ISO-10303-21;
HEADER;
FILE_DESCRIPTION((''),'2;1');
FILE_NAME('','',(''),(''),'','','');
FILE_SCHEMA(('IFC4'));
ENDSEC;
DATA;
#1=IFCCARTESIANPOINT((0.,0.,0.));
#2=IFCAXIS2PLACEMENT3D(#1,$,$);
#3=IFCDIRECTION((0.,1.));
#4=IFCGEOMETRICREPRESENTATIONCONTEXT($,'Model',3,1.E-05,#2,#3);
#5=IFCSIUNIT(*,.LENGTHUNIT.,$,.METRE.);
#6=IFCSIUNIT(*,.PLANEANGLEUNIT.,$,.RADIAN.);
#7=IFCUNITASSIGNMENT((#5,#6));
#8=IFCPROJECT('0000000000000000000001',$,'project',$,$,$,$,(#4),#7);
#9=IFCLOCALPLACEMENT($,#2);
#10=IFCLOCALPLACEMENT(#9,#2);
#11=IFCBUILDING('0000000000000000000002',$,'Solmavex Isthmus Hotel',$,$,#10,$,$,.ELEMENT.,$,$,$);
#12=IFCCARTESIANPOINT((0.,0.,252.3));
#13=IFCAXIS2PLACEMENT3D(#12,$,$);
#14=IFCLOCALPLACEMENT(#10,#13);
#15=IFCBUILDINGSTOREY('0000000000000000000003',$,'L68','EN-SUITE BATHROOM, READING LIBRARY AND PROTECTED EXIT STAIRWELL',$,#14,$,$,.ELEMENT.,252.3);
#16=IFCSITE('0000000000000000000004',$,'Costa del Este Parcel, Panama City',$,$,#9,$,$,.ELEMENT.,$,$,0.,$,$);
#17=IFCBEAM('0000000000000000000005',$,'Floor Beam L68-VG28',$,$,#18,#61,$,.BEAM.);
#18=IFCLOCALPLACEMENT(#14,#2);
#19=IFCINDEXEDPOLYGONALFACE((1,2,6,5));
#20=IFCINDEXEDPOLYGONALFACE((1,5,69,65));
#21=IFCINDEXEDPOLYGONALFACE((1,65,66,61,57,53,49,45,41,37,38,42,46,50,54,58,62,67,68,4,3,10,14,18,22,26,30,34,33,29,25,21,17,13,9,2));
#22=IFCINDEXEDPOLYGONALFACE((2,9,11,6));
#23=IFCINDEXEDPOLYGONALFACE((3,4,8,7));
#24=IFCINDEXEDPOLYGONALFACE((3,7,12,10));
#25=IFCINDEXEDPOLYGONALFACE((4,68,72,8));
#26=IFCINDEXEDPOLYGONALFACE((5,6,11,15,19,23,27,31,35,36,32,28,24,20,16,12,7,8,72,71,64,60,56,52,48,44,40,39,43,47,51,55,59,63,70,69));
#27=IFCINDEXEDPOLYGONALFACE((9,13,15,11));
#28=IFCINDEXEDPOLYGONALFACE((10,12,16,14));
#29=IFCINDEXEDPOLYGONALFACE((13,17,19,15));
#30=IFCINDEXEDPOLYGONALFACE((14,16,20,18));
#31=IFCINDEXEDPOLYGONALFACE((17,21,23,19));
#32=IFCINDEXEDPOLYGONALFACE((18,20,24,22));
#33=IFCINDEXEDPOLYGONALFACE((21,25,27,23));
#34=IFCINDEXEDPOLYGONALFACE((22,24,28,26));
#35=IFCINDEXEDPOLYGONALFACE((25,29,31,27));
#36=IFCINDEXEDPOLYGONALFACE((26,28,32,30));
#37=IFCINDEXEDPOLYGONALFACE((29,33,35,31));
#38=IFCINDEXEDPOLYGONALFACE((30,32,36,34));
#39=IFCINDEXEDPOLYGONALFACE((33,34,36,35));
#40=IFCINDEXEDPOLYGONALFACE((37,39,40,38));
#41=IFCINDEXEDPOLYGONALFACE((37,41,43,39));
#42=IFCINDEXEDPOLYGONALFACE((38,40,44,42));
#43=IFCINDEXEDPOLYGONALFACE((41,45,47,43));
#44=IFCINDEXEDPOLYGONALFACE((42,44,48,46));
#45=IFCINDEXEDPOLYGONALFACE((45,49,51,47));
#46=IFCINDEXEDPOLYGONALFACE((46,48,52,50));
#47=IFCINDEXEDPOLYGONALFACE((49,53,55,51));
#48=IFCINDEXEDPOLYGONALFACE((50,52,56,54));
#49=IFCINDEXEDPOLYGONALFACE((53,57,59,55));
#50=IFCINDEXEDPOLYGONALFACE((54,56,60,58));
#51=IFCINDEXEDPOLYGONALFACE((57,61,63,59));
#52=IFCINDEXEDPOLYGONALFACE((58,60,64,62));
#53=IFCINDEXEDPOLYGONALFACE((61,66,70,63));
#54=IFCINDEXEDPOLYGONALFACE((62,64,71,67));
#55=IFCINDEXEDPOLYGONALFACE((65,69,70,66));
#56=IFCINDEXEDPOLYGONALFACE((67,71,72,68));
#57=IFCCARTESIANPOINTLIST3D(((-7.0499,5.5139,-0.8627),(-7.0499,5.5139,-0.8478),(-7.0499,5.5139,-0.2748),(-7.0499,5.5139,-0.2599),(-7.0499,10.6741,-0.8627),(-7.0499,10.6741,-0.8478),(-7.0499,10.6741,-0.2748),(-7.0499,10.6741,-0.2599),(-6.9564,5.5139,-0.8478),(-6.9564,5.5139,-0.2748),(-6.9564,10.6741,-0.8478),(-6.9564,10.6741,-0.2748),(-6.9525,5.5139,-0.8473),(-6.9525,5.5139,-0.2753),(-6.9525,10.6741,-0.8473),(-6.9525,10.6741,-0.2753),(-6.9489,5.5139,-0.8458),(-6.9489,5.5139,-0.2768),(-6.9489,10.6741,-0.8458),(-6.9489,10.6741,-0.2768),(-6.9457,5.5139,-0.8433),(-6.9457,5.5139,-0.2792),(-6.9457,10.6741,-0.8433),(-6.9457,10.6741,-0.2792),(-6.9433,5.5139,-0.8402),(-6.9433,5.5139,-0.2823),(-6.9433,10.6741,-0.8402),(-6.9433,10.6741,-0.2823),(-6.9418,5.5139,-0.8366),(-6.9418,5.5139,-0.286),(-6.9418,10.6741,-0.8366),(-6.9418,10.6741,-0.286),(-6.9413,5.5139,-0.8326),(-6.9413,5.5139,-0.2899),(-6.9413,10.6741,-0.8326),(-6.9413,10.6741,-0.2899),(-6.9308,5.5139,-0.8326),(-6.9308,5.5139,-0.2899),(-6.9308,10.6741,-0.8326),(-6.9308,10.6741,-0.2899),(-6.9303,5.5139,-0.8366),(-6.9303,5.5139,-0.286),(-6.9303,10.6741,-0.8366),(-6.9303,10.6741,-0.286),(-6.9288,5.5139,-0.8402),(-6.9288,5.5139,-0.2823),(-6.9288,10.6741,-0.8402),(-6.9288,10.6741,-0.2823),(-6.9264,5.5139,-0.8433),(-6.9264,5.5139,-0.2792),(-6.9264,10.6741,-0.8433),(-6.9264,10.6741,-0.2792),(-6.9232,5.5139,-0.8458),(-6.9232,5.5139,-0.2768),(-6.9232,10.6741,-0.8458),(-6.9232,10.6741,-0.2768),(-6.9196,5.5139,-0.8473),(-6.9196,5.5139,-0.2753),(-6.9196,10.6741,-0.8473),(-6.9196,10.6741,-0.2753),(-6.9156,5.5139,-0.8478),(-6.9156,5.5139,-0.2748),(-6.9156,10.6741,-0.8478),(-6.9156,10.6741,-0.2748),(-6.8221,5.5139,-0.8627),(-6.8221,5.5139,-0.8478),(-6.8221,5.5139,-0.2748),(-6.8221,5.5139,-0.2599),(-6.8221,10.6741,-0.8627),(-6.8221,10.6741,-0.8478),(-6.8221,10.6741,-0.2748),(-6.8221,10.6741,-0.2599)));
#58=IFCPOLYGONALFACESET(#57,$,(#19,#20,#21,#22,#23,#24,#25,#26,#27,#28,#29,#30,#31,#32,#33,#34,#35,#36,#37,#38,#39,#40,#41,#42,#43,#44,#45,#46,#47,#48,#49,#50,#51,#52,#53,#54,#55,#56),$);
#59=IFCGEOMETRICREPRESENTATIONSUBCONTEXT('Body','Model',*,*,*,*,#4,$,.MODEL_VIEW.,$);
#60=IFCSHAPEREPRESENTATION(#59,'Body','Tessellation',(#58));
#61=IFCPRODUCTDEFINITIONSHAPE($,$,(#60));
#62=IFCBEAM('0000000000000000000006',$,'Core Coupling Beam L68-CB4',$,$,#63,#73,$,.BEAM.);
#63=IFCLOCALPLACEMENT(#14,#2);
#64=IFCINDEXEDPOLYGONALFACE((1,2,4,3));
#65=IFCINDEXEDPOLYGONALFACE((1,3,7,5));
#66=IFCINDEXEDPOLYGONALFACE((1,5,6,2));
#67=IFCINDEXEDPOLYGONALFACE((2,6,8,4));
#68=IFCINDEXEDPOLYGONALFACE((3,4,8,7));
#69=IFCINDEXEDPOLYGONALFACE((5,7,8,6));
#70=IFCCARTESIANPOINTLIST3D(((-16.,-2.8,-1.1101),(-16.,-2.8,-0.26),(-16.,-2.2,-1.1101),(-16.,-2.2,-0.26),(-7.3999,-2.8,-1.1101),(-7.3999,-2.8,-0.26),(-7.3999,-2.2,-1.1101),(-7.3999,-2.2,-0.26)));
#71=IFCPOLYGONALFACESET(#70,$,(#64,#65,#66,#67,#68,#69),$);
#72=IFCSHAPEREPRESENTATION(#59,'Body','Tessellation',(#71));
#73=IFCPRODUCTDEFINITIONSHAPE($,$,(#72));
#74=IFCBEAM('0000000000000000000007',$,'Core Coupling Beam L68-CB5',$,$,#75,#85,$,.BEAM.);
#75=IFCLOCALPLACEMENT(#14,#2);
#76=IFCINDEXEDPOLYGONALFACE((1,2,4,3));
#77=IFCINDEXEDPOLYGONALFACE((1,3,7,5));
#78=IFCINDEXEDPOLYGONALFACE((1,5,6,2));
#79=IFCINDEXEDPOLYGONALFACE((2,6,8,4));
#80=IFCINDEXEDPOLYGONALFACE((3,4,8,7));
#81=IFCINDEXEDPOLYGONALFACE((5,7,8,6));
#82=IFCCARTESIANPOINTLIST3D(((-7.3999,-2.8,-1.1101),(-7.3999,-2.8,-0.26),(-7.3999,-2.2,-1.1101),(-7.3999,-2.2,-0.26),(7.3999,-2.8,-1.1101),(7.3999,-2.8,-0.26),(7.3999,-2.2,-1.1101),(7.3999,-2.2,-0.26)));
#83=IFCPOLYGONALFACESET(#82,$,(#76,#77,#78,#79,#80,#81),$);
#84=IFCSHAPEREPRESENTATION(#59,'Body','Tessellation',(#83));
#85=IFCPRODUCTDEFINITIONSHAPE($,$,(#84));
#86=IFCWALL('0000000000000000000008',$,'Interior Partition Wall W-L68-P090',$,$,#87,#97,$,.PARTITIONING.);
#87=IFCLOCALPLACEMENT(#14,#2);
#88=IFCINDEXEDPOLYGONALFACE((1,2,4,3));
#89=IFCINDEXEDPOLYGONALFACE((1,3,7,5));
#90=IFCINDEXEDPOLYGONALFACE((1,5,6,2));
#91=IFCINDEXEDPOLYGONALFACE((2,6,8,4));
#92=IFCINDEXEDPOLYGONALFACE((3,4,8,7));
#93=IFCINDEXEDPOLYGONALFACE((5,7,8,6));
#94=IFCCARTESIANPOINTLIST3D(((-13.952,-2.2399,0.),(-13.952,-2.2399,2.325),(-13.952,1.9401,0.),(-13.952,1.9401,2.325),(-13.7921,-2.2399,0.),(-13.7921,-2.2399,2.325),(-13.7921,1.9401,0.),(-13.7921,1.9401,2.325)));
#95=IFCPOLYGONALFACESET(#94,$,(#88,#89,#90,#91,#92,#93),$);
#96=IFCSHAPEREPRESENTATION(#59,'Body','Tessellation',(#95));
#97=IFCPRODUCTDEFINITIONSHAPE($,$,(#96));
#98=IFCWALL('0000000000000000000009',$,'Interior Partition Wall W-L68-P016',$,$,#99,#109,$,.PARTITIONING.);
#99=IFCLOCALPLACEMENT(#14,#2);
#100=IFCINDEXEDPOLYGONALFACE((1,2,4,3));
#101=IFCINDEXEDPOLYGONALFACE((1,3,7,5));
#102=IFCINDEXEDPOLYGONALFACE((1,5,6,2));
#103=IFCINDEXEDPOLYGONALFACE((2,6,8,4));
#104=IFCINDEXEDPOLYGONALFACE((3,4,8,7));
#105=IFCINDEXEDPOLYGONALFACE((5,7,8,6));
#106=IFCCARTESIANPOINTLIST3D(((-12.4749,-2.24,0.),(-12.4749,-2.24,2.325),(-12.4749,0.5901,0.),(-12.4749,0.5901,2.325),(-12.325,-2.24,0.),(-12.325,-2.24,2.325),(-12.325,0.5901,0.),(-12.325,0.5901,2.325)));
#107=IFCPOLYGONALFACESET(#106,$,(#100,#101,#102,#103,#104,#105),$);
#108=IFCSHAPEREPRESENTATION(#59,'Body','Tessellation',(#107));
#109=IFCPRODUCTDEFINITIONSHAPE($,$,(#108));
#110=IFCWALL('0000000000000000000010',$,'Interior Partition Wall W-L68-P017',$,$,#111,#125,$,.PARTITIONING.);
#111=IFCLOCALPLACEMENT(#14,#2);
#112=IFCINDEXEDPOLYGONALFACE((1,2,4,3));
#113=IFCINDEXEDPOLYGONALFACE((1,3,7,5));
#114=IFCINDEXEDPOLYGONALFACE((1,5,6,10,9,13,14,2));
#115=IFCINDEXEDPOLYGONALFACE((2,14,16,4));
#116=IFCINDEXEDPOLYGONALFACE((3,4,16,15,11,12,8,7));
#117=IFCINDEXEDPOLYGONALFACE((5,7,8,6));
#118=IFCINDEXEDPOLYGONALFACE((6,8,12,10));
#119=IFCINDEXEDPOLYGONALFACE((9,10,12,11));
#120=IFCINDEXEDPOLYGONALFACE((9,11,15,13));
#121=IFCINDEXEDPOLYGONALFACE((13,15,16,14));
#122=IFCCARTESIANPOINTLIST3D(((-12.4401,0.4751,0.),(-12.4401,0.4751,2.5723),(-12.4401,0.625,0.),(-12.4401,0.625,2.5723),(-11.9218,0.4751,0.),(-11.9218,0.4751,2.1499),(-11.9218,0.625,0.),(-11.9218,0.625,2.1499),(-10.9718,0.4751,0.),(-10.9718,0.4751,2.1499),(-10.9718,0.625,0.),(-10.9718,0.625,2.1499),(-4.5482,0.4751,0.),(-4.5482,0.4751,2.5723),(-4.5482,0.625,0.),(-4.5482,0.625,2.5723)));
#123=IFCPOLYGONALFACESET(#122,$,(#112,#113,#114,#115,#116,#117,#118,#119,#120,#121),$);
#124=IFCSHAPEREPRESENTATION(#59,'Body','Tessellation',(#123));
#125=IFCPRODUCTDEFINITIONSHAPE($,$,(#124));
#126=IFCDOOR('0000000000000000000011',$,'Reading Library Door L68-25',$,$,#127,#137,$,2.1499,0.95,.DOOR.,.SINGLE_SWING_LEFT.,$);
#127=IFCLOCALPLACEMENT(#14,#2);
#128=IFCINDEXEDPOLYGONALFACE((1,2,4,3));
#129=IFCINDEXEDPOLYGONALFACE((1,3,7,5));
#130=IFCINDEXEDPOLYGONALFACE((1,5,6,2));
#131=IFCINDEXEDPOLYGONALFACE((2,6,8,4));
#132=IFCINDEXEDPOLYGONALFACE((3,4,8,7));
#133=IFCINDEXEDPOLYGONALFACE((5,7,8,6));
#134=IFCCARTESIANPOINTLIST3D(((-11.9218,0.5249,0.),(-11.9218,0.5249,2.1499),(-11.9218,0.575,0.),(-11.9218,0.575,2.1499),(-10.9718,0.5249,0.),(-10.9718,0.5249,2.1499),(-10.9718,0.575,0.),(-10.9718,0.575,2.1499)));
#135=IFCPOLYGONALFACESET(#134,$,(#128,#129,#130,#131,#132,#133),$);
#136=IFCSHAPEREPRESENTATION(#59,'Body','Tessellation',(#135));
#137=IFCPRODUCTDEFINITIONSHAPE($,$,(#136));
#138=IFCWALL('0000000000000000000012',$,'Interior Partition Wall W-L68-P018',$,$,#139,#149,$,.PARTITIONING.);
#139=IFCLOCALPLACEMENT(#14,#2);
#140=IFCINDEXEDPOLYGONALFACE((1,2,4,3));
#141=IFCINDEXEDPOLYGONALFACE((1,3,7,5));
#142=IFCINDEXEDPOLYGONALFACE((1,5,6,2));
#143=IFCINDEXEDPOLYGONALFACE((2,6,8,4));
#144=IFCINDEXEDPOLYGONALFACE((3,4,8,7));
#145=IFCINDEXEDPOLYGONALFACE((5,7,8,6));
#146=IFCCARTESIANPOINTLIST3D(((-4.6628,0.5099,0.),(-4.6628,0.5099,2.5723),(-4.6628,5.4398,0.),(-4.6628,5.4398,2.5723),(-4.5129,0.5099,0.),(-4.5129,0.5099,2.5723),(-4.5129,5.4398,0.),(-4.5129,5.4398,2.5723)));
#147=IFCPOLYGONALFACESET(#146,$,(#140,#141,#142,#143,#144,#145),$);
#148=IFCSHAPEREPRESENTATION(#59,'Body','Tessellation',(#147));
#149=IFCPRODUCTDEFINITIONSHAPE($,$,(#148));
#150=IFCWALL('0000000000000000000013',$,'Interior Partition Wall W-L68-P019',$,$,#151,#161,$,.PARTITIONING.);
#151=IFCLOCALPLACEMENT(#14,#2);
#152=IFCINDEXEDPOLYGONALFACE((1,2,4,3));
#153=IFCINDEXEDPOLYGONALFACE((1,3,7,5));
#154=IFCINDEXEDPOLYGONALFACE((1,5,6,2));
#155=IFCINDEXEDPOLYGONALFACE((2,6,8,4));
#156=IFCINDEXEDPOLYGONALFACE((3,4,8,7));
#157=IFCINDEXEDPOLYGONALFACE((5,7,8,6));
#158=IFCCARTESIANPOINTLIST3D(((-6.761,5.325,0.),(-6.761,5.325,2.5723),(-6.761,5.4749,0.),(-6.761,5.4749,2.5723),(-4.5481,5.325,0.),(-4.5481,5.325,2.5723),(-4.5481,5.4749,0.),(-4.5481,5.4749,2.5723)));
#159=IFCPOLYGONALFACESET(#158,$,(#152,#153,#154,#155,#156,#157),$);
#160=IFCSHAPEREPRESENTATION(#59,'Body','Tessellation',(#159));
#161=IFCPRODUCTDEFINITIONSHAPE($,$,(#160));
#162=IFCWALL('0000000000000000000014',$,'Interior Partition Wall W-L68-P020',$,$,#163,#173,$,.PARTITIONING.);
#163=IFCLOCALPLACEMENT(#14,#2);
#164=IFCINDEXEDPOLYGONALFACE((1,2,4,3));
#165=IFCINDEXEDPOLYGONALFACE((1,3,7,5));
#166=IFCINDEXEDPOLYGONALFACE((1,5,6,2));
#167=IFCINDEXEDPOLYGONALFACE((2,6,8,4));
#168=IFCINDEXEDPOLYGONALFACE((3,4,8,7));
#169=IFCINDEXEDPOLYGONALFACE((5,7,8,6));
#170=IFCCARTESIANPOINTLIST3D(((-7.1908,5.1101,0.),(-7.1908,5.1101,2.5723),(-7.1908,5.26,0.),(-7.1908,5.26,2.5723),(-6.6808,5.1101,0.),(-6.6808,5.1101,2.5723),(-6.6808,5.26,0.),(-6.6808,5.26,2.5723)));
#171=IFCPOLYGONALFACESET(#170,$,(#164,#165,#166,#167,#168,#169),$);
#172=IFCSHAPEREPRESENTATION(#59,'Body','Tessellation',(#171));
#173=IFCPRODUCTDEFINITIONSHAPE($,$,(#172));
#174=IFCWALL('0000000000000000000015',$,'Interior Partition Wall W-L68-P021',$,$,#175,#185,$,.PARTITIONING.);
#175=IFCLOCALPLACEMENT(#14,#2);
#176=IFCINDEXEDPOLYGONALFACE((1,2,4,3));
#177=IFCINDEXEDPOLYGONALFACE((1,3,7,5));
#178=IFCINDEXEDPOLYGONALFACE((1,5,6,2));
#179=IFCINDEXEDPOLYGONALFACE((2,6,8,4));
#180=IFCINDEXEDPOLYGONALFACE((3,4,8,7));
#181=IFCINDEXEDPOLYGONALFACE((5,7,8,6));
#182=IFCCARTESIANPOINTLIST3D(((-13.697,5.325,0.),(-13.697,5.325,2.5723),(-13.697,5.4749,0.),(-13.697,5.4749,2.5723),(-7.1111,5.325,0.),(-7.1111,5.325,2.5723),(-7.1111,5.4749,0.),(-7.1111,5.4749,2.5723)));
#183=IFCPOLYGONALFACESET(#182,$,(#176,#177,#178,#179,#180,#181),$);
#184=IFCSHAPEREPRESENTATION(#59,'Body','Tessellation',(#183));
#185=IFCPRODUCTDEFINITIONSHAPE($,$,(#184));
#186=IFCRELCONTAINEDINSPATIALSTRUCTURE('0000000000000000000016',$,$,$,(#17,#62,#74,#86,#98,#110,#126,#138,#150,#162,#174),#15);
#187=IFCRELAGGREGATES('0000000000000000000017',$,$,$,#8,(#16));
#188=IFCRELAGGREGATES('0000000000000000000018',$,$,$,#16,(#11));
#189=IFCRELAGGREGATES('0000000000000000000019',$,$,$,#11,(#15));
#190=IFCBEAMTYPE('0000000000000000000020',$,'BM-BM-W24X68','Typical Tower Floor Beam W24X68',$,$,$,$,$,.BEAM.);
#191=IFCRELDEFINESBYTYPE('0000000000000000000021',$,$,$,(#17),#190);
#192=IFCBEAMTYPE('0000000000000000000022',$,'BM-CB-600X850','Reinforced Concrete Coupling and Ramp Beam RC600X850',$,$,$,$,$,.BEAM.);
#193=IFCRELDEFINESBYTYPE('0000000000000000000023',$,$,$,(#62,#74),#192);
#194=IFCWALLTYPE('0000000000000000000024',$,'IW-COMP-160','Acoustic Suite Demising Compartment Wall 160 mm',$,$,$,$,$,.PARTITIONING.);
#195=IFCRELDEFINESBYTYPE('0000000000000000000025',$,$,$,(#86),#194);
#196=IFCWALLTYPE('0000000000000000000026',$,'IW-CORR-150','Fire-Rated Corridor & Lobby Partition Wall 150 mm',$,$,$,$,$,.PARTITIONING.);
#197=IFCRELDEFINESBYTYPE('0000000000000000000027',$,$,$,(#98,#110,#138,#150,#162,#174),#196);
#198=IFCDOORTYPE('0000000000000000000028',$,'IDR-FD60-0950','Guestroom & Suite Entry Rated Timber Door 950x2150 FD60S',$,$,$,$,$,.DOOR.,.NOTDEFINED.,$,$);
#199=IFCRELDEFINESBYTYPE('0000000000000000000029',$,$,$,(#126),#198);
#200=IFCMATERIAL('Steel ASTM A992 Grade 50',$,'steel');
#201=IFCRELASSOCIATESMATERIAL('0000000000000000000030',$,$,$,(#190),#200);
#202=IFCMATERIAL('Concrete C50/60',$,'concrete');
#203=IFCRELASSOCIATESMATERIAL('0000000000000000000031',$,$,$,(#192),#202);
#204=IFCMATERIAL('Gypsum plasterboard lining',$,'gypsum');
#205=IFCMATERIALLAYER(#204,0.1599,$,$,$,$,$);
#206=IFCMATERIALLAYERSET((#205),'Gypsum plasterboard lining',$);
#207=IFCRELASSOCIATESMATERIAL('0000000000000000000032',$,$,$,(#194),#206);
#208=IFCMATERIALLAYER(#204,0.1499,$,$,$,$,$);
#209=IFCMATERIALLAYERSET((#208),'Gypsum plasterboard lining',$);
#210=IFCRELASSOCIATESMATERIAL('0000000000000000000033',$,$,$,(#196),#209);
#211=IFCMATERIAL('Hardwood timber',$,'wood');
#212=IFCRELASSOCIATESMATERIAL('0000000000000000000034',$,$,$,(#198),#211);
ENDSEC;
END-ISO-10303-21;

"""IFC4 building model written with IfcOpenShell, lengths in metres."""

from ifc_helpers import new_model, si_unit, direction, frame, frame_2d, origin, origin_2d, place, context, subcontext, project, spatial, rectangle, i_section, extrude, material, layer, layer_set, material_profile, profile_set, type_object, element, fill, save


model = new_model("IFC4")

# Units and contexts
model_context = context("Model", 3, precision=1e-05, world=origin(), true_north=direction((0.0, 1.0)))
body_context = subcontext(model_context, "Body", "Model", "MODEL_VIEW")
ifc_project = project(units=[si_unit("LENGTHUNIT", "METRE"), si_unit("PLANEANGLEUNIT", "RADIAN")], contexts=[model_context])

# Site, building, storey
site_placement = place(None, origin())
site = spatial("IfcSite", under=ifc_project, at=site_placement, Name="Costa del Este Parcel, Panama City", CompositionType="ELEMENT", RefElevation=0.0)
building_placement = place(site_placement, origin())
building = spatial("IfcBuilding", under=site, at=building_placement, Name="Solmavex Isthmus Hotel", CompositionType="ELEMENT")
storey_placement = place(building_placement, frame((0.0, 0.0, 252.3)))
storey = spatial("IfcBuildingStorey", under=building, at=storey_placement, Name="L68", Description="EN-SUITE BATHROOM, READING LIBRARY AND PROTECTED EXIT STAIRWELL", CompositionType="ELEMENT", Elevation=252.3)

# Shared definitions
ifc_material_1 = material(Name="Concrete C50/60", Category="concrete")

# Beams
ifc_material_2 = material(Name="Steel ASTM A992 Grade 50", Category="steel")
ifc_material_profile_1 = material_profile(ifc_material_2, i_section(OverallWidth=0.2278, OverallDepth=0.6028, WebThickness=0.0105, FlangeThickness=0.0149, FilletRadius=0.0151, at=origin_2d()), Name="W24X68")
ifc_profile_set_1 = profile_set([ifc_material_profile_1], Name="Steel ASTM A992 Grade 50")
beam_type_1 = type_object("IfcBeamType", Name="BM-BM-W24X68", Description="Typical Tower Floor Beam W24X68", PredefinedType="BEAM", material=ifc_profile_set_1)
beam_1_placement = place(storey_placement, frame((-6.936, 5.5139, -0.5613), z_axis=(0.0, 1.0, 0.0), x_axis=(-1.0, 0.0, 0.0)))
element("IfcBeam", 1, at=beam_1_placement, inside=storey, type_object=beam_type_1, Name="Floor Beam L68-VG28", PredefinedType="BEAM", context=body_context, shape_type="SweptSolid", body=[
    extrude(i_section(OverallWidth=0.2278, OverallDepth=0.6028, WebThickness=0.0105, FlangeThickness=0.0149, FilletRadius=0.0151, at=origin_2d()), origin(), (0.0, 0.0, 1.0), 5.1602),
])
ifc_material_profile_2 = material_profile(ifc_material_1, rectangle(XDim=0.6001, YDim=0.8501, at=origin_2d()), Name="RC600X850")
ifc_profile_set_2 = profile_set([ifc_material_profile_2], Name="Concrete C50/60")
beam_type_2 = type_object("IfcBeamType", Name="BM-CB-600X850", Description="Reinforced Concrete Coupling and Ramp Beam RC600X850", PredefinedType="BEAM", material=ifc_profile_set_2)
beam_2_placement = place(storey_placement, frame((-16.0, -2.5, -0.6851), z_axis=(1.0, 0.0, 0.0), x_axis=(0.0, 1.0, 0.0)))
element("IfcBeam", 2, at=beam_2_placement, inside=storey, type_object=beam_type_2, Name="Core Coupling Beam L68-CB4", PredefinedType="BEAM", context=body_context, shape_type="SweptSolid", body=[
    extrude(rectangle(XDim=0.6001, YDim=0.8501, at=origin_2d()), origin(), (0.0, 0.0, 1.0), 8.6001),
])
beam_3_placement = place(storey_placement, frame((-7.3999, -2.5, -0.6851), z_axis=(1.0, 0.0, 0.0), x_axis=(0.0, 1.0, 0.0)))
element("IfcBeam", 3, at=beam_3_placement, inside=storey, type_object=beam_type_2, Name="Core Coupling Beam L68-CB5", PredefinedType="BEAM", context=body_context, shape_type="SweptSolid", body=[
    extrude(rectangle(XDim=0.6001, YDim=0.8501, at=origin_2d()), origin(), (0.0, 0.0, 1.0), 14.7998),
])

# Walls
ifc_material_3 = material(Name="Gypsum plasterboard lining", Category="gypsum")
ifc_layer_1 = layer(ifc_material_3, 0.1599)
ifc_layer_set_1 = layer_set([ifc_layer_1], Name="Gypsum plasterboard lining")
wall_type_1 = type_object("IfcWallType", Name="IW-COMP-160", Description="Acoustic Suite Demising Compartment Wall 160 mm", PredefinedType="PARTITIONING", material=ifc_layer_set_1)
wall_1_placement = place(storey_placement, frame((-13.8721, 1.9399, 0.0), z_axis=(0.0, 0.0, 1.0), x_axis=(0.0, -1.0, 0.0)))
element("IfcWall", 4, at=wall_1_placement, inside=storey, type_object=wall_type_1, Name="Interior Partition Wall W-L68-P090", PredefinedType="PARTITIONING", context=body_context, shape_type="SweptSolid", body=[
    extrude(rectangle(XDim=4.1799, YDim=0.1599, at=frame_2d((2.0898, 0.0))), origin(), (0.0, 0.0, 1.0), 2.325),
])
ifc_layer_2 = layer(ifc_material_3, 0.1499)
ifc_layer_set_2 = layer_set([ifc_layer_2], Name="Gypsum plasterboard lining")
wall_type_2 = type_object("IfcWallType", Name="IW-CORR-150", Description="Fire-Rated Corridor & Lobby Partition Wall 150 mm", PredefinedType="PARTITIONING", material=ifc_layer_set_2)
wall_2_placement = place(storey_placement, frame((-12.3999, -2.24, 0.0), z_axis=(0.0, 0.0, 1.0), x_axis=(0.0, 1.0, 0.0)))
element("IfcWall", 5, at=wall_2_placement, inside=storey, type_object=wall_type_2, Name="Interior Partition Wall W-L68-P016", PredefinedType="PARTITIONING", context=body_context, shape_type="SweptSolid", body=[
    extrude(rectangle(XDim=2.8301, YDim=0.1499, at=frame_2d((1.415, 0.0))), origin(), (0.0, 0.0, 1.0), 2.325),
])

# Wall, opening, door
wall_3_placement = place(storey_placement, frame((-12.4399, 0.55, 0.0), z_axis=(0.0, 0.0, 1.0), x_axis=(1.0, 0.0, 0.0)))
wall_3 = element("IfcWall", 6, at=wall_3_placement, inside=storey, type_object=wall_type_2, Name="Interior Partition Wall W-L68-P017", PredefinedType="PARTITIONING", context=body_context, shape_type="SweptSolid", body=[
    extrude(rectangle(XDim=7.8918, YDim=0.1499, at=frame_2d((3.9458, 0.0))), origin(), (0.0, 0.0, 1.0), 2.5723),
])
opening_placement = place(wall_3_placement, frame((0.5181, 0.0, 0.0)))
opening = element("IfcOpeningElement", 7, at=opening_placement, cuts=wall_3, PredefinedType="OPENING", context=body_context, shape_type="SweptSolid", body=[
    extrude(rectangle(XDim=0.95, YDim=2.1499, at=frame_2d((0.4751, 1.075))), frame((0.0, 0.085, 0.0), z_axis=(0.0, -1.0, 0.0), x_axis=(1.0, 0.0, 0.0)), (0.0, 0.0, 1.0), 0.1699),
])
ifc_material_4 = material(Name="Hardwood timber", Category="wood")
door_type = type_object("IfcDoorType", Name="IDR-FD60-0950", Description="Guestroom & Suite Entry Rated Timber Door 950x2150 FD60S", OperationType="NOTDEFINED", PredefinedType="DOOR", material=ifc_material_4)
door_placement = place(opening_placement, origin())
door = element("IfcDoor", 8, at=door_placement, inside=storey, type_object=door_type, Name="Reading Library Door L68-25", OperationType="SINGLE_SWING_LEFT", OverallHeight=2.1499, OverallWidth=0.95, PredefinedType="DOOR", context=body_context, shape_type="SweptSolid", body=[
    extrude(rectangle(XDim=0.95, YDim=2.1499, at=frame_2d((0.4751, 1.075))), frame((0.0, 0.0249, 0.0), z_axis=(0.0, -1.0, 0.0), x_axis=(1.0, 0.0, 0.0)), (0.0, 0.0, 1.0), 0.05),
])
fill(opening, door)

# Walls
wall_4_placement = place(storey_placement, frame((-4.5879, 0.51, 0.0), z_axis=(0.0, 0.0, 1.0), x_axis=(0.0, 1.0, 0.0)))
element("IfcWall", 9, at=wall_4_placement, inside=storey, type_object=wall_type_2, Name="Interior Partition Wall W-L68-P018", PredefinedType="PARTITIONING", context=body_context, shape_type="SweptSolid", body=[
    extrude(rectangle(XDim=4.9299, YDim=0.1499, at=frame_2d((2.4648, 0.0))), origin(), (0.0, 0.0, 1.0), 2.5723),
])
wall_5_placement = place(storey_placement, frame((-4.5481, 5.3999, 0.0), z_axis=(0.0, 0.0, 1.0), x_axis=(-1.0, 0.0, 0.0)))
element("IfcWall", 10, at=wall_5_placement, inside=storey, type_object=wall_type_2, Name="Interior Partition Wall W-L68-P019", PredefinedType="PARTITIONING", context=body_context, shape_type="SweptSolid", body=[
    extrude(rectangle(XDim=2.2129, YDim=0.1499, at=frame_2d((1.1064, 0.0))), origin(), (0.0, 0.0, 1.0), 2.5723),
])
wall_6_placement = place(storey_placement, frame((-6.6809, 5.1851, 0.0), z_axis=(0.0, 0.0, 1.0), x_axis=(-1.0, 0.0, 0.0)))
element("IfcWall", 11, at=wall_6_placement, inside=storey, type_object=wall_type_2, Name="Interior Partition Wall W-L68-P020", PredefinedType="PARTITIONING", context=body_context, shape_type="SweptSolid", body=[
    extrude(rectangle(XDim=0.51, YDim=0.1499, at=frame_2d((0.2549, 0.0))), origin(), (0.0, 0.0, 1.0), 2.5723),
])
wall_7_placement = place(storey_placement, frame((-7.1111, 5.3999, 0.0), z_axis=(0.0, 0.0, 1.0), x_axis=(-1.0, 0.0, 0.0)))
element("IfcWall", 12, at=wall_7_placement, inside=storey, type_object=wall_type_2, Name="Interior Partition Wall W-L68-P021", PredefinedType="PARTITIONING", context=body_context, shape_type="SweptSolid", body=[
    extrude(rectangle(XDim=6.5859, YDim=0.1499, at=frame_2d((3.293, 0.0))), origin(), (0.0, 0.0, 1.0), 2.5723),
])

save(model, "model.ifc")
